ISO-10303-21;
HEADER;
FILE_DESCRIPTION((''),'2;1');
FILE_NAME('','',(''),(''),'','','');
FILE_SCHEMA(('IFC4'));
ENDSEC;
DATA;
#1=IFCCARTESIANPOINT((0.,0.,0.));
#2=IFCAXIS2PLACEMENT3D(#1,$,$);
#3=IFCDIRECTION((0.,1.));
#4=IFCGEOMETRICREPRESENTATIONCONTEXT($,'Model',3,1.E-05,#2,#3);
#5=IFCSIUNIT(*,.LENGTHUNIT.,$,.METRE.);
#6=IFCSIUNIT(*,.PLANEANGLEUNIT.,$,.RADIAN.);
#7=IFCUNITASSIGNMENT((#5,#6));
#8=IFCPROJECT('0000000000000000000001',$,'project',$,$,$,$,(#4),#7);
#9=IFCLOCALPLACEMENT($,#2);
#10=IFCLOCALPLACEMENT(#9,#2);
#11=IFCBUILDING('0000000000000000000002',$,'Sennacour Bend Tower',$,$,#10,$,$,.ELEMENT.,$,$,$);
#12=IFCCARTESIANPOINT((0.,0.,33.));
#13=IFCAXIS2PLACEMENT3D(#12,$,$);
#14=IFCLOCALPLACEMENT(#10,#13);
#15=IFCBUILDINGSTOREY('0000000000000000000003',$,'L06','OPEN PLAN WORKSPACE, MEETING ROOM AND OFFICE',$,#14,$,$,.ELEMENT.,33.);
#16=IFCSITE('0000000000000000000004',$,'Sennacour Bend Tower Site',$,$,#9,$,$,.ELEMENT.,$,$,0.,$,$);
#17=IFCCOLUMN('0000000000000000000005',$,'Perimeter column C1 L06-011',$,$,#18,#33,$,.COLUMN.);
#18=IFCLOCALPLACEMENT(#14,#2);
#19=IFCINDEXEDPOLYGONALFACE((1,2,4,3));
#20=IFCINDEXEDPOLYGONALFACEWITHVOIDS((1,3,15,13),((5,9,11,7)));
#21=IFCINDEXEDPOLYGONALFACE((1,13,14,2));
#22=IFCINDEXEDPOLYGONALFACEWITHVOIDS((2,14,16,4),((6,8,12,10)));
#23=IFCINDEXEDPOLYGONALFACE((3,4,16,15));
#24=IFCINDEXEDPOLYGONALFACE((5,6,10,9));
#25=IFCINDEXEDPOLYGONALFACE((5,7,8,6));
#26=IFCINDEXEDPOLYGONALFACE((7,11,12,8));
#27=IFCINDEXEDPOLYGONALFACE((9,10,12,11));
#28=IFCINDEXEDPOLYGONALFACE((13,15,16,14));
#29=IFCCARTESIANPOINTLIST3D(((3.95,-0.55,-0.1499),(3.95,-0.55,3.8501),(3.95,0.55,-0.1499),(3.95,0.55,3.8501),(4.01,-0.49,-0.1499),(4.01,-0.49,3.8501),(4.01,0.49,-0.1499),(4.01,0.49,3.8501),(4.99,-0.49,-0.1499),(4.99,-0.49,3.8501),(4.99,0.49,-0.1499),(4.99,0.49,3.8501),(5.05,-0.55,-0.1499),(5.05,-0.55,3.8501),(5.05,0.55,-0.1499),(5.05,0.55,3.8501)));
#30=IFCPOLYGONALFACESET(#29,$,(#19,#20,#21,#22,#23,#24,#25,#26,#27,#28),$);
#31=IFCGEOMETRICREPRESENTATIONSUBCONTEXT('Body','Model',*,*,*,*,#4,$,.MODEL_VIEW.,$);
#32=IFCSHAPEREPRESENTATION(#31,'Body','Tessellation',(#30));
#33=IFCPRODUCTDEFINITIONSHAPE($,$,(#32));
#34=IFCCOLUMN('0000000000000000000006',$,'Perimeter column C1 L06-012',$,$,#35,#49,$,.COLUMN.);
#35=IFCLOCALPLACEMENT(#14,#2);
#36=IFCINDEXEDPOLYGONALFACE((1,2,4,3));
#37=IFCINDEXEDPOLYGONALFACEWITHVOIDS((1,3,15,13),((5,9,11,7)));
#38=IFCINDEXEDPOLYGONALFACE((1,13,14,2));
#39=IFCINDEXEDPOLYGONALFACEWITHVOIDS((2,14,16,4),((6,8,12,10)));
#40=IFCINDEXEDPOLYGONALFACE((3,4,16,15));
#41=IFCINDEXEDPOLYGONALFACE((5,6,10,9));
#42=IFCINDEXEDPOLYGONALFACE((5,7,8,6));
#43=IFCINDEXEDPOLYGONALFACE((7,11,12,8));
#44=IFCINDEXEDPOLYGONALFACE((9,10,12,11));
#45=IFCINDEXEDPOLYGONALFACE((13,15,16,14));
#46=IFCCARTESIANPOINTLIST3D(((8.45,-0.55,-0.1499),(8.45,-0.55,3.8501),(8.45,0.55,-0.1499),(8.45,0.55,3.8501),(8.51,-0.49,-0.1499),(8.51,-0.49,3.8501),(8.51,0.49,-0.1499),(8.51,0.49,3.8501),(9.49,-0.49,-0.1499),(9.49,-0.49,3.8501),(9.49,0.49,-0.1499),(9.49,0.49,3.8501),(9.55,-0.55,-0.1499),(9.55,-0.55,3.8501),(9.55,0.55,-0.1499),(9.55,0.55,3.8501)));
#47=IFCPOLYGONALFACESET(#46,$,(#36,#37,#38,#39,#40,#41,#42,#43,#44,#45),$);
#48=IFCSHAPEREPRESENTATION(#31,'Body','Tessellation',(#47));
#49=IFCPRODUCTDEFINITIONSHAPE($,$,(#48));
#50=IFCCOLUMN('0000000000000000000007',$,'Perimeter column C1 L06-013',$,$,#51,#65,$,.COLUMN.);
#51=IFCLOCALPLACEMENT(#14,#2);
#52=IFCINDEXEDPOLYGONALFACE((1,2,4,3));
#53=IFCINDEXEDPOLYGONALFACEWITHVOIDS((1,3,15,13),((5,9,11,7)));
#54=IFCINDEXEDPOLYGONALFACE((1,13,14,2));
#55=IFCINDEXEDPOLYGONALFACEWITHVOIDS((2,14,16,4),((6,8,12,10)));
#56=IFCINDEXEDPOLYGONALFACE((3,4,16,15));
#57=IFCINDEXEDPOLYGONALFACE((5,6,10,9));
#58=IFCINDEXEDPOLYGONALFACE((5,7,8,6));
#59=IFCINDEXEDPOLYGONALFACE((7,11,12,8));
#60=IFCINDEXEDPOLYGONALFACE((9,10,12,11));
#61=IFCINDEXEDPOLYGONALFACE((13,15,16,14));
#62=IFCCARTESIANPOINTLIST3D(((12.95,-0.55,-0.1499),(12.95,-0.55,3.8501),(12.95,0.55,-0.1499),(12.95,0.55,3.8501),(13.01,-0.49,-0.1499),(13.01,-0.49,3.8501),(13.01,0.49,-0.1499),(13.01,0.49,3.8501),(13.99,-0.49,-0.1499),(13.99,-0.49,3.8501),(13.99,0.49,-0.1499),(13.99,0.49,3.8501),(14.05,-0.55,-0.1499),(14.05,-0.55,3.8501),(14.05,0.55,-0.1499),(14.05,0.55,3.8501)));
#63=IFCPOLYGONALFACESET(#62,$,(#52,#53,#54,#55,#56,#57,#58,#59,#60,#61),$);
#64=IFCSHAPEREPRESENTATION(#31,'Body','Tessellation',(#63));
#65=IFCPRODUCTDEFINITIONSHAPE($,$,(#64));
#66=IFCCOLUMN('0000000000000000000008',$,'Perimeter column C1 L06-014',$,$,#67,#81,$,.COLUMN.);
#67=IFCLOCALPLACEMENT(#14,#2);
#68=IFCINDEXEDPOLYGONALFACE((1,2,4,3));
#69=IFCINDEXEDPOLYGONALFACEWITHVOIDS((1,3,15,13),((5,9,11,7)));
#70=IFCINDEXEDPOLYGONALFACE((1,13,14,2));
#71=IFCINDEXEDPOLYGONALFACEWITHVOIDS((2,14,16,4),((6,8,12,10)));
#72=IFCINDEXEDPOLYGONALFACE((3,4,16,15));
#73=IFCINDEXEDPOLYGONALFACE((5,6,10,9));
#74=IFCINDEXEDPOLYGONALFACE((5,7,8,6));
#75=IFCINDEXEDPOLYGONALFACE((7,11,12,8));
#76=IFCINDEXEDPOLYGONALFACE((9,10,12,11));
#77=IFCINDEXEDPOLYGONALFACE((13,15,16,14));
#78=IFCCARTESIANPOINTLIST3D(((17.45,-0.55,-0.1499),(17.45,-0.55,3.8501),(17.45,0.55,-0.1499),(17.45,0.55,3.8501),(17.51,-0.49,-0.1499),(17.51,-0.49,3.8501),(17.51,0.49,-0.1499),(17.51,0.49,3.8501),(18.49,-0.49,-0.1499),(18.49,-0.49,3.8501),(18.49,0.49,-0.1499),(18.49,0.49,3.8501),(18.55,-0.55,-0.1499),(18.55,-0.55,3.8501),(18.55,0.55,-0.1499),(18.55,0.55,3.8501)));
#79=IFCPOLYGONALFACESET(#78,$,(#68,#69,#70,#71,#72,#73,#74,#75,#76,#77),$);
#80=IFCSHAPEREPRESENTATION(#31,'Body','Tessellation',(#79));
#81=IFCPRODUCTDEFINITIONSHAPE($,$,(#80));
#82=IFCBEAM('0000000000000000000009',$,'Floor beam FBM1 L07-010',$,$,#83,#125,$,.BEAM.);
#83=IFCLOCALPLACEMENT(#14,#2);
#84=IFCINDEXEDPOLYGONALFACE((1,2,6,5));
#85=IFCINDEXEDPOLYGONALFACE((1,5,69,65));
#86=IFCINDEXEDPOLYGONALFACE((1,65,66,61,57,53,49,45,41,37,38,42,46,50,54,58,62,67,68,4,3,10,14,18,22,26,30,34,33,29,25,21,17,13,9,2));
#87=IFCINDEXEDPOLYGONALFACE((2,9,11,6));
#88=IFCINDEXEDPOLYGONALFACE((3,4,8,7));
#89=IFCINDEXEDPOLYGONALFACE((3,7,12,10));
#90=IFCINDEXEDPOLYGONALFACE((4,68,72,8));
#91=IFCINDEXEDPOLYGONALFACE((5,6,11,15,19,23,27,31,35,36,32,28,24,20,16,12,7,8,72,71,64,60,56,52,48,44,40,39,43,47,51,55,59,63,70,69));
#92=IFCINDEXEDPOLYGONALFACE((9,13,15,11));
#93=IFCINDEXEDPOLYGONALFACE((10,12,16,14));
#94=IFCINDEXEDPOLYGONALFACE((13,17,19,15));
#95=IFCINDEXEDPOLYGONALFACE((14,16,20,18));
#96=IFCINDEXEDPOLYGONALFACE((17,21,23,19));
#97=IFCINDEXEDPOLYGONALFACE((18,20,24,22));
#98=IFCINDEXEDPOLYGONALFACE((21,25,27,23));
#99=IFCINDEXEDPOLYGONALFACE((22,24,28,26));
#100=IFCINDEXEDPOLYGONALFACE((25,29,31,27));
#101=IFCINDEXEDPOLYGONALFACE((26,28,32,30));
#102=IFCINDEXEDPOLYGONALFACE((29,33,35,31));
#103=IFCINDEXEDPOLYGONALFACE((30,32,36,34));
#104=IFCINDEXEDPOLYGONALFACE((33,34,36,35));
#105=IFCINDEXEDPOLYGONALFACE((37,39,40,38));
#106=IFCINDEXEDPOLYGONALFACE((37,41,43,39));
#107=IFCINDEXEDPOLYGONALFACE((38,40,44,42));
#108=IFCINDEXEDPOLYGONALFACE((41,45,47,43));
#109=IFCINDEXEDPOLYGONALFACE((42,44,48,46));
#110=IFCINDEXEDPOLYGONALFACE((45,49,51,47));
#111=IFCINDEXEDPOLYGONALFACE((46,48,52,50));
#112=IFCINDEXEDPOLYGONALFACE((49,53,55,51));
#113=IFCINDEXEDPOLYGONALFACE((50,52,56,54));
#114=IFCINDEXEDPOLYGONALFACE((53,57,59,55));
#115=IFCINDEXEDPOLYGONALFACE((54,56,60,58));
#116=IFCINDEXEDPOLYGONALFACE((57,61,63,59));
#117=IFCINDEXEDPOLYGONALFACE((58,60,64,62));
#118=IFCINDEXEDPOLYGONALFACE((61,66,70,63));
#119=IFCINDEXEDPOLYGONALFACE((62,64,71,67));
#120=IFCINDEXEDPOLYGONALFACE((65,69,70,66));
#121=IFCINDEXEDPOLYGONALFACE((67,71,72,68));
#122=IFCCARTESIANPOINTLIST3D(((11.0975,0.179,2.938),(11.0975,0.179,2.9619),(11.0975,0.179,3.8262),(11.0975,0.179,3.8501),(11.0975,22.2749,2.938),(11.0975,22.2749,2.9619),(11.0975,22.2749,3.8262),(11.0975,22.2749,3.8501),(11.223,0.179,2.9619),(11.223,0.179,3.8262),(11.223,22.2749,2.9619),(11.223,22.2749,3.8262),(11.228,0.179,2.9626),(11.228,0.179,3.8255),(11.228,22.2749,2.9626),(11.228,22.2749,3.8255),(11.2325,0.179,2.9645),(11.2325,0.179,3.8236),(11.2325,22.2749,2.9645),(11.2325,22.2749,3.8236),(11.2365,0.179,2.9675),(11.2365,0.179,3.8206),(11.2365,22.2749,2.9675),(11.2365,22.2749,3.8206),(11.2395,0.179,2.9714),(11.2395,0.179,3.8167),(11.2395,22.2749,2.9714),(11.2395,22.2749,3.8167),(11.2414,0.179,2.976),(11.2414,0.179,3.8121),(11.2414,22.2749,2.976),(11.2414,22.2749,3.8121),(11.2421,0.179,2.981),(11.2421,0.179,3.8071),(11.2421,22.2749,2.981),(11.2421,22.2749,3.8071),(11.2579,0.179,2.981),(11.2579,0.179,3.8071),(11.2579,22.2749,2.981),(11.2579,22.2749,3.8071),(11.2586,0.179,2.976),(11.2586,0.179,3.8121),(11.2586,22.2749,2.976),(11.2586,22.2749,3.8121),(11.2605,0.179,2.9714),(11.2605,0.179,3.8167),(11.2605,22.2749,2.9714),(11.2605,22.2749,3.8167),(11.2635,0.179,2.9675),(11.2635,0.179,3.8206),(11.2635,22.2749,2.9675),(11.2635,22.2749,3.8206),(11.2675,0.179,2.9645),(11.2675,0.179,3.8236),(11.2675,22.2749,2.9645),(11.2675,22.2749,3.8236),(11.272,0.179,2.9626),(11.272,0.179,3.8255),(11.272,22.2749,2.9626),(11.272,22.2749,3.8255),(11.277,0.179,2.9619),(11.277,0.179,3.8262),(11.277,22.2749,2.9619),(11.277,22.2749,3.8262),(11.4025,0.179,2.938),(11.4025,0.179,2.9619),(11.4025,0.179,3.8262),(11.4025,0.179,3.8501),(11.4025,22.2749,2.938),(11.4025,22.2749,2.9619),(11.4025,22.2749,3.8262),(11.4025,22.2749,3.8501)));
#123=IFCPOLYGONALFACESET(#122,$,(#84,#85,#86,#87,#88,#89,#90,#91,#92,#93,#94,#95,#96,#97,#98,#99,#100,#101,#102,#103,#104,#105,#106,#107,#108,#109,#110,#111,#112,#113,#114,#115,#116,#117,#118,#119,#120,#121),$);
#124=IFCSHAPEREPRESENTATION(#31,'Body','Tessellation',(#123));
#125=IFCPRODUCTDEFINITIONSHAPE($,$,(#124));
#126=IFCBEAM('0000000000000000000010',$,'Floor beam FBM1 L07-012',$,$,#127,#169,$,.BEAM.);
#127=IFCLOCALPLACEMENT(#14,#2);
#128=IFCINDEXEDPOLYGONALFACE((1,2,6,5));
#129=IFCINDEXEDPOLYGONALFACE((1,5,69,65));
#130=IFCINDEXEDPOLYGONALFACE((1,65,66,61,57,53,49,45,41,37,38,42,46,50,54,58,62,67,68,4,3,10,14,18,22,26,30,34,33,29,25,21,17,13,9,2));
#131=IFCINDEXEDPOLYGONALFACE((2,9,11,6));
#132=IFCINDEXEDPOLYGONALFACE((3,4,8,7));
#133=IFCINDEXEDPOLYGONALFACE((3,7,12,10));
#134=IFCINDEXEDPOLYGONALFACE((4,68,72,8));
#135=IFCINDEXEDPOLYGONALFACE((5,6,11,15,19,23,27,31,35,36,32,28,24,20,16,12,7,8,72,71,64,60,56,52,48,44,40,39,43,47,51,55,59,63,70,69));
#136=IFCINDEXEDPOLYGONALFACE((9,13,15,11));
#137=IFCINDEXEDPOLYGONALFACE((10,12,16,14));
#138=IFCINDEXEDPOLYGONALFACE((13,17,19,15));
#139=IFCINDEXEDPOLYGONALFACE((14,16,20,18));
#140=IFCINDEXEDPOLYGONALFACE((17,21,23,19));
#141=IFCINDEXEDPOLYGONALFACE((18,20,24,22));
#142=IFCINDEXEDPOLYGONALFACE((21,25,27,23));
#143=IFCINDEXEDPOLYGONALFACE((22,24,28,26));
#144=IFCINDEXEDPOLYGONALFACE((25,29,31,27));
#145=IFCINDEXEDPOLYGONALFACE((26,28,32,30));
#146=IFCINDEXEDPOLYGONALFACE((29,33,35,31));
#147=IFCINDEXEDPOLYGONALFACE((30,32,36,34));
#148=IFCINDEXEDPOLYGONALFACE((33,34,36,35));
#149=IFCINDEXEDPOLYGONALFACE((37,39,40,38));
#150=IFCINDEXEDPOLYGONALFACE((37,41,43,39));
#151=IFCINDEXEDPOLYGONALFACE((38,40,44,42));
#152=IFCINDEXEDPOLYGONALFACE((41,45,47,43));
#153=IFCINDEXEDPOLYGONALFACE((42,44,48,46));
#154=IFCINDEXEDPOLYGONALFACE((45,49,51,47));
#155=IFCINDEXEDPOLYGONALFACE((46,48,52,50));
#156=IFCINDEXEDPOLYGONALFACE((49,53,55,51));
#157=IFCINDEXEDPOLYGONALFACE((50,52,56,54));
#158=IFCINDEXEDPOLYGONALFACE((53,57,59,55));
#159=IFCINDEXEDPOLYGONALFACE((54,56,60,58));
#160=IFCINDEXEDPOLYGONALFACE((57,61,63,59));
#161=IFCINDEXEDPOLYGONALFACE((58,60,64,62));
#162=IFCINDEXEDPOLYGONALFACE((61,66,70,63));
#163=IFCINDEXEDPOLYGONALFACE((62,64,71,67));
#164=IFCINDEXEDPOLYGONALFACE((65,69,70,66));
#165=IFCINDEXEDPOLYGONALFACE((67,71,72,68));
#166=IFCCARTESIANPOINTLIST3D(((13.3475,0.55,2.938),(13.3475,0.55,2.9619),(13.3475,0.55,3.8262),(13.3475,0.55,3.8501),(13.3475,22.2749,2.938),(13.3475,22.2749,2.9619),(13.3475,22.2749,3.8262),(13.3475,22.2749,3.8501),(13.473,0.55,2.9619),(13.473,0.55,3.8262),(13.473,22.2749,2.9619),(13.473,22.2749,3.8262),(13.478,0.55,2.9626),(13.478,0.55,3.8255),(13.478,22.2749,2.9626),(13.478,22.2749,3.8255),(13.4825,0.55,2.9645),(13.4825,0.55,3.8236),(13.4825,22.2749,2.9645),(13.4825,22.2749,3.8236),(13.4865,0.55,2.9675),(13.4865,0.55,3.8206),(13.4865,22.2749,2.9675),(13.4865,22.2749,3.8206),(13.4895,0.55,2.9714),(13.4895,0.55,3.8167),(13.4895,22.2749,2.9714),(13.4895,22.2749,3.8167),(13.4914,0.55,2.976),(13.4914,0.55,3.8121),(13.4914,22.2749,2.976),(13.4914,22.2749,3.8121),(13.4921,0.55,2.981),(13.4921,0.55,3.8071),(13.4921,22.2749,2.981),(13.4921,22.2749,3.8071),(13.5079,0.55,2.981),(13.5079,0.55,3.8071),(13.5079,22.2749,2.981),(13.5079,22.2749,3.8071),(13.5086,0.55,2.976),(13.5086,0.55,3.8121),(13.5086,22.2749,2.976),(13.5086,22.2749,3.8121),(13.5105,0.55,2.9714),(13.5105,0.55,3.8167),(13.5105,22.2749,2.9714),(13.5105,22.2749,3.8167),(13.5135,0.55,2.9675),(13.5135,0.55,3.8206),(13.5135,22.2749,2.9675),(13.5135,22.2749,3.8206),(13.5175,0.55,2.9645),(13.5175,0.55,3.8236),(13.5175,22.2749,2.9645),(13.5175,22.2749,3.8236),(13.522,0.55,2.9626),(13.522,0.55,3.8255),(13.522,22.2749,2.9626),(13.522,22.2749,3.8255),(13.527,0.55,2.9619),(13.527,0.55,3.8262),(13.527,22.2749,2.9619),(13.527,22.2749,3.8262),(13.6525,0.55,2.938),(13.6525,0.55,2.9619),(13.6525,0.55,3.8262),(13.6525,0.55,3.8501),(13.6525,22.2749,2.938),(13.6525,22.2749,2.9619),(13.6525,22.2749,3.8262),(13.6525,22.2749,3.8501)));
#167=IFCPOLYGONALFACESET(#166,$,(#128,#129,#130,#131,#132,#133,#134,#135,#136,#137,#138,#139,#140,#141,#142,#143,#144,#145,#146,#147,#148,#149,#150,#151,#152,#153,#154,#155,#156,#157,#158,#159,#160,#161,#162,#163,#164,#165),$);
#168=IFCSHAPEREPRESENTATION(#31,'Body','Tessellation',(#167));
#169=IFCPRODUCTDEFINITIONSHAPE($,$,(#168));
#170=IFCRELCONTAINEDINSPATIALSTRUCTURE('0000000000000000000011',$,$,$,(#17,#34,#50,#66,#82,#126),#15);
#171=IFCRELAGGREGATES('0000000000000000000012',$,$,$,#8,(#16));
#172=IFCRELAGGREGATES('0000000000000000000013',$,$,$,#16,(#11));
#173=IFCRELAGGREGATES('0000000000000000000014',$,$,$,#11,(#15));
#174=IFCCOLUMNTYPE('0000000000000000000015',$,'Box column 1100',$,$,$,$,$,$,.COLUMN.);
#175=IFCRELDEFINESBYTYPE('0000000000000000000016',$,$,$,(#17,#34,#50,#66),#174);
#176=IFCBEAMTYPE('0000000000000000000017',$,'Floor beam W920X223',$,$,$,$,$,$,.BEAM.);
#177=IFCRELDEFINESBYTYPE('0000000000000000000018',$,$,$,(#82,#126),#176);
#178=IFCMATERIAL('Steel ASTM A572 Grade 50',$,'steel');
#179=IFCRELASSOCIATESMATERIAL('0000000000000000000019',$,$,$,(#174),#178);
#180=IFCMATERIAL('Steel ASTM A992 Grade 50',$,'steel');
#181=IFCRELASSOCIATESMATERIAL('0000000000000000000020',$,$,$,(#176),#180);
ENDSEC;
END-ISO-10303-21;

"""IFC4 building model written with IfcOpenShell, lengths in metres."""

from ifc_helpers import new_model, si_unit, direction, frame, origin, origin_2d, place, context, subcontext, project, spatial, hollow_rectangle, i_section, extrude, material, material_profile, profile_set, type_object, element, save


model = new_model("IFC4")

# Units and contexts
model_context = context("Model", 3, precision=1e-05, world=origin(), true_north=direction((0.0, 1.0)))
body_context = subcontext(model_context, "Body", "Model", "MODEL_VIEW")
ifc_project = project(units=[si_unit("LENGTHUNIT", "METRE"), si_unit("PLANEANGLEUNIT", "RADIAN")], contexts=[model_context])

# Site, building, storey
site_placement = place(None, origin())
site = spatial("IfcSite", under=ifc_project, at=site_placement, Name="Sennacour Bend Tower Site", CompositionType="ELEMENT", RefElevation=0.0)
building_placement = place(site_placement, origin())
building = spatial("IfcBuilding", under=site, at=building_placement, Name="Sennacour Bend Tower", CompositionType="ELEMENT")
storey_placement = place(building_placement, frame((0.0, 0.0, 33.0)))
storey = spatial("IfcBuildingStorey", under=building, at=storey_placement, Name="L06", Description="OPEN PLAN WORKSPACE, MEETING ROOM AND OFFICE", CompositionType="ELEMENT", Elevation=33.0)

# Columns
ifc_material_1 = material(Name="Steel ASTM A572 Grade 50", Category="steel")
ifc_material_profile_1 = material_profile(ifc_material_1, hollow_rectangle(XDim=1.1001, YDim=1.1001, WallThickness=0.0601, at=origin_2d()), Name="Steel ASTM A572 Grade 50", Category="steel")
ifc_profile_set_1 = profile_set([ifc_material_profile_1], Name="Steel ASTM A572 Grade 50")
column_type = type_object("IfcColumnType", Name="Box column 1100", PredefinedType="COLUMN", material=ifc_profile_set_1)
for number, where, z_axis, x_axis, name in (
    (1, (4.5, 0.0, -0.1499), (0.0, 0.0, 1.0), (1.0, 0.0, 0.0), "Perimeter column C1 L06-011"),
    (2, (9.0, 0.0, -0.1499), (0.0, 0.0, 1.0), (1.0, 0.0, 0.0), "Perimeter column C1 L06-012"),
    (3, (13.5, 0.0, -0.1499), (0.0, 0.0, 1.0), (1.0, 0.0, 0.0), "Perimeter column C1 L06-013"),
    (4, (18.0, 0.0, -0.1499), (0.0, 0.0, 1.0), (1.0, 0.0, 0.0), "Perimeter column C1 L06-014"),
):
    element("IfcColumn", number, at=place(storey_placement, frame(where, z_axis=z_axis, x_axis=x_axis)), inside=storey, type_object=column_type, Name=name, PredefinedType="COLUMN", context=body_context, shape_type="SweptSolid", body=[
        extrude(hollow_rectangle(XDim=1.1001, YDim=1.1001, WallThickness=0.0601, at=origin_2d()), origin(), (0.0, 0.0, 1.0), 4.0),
    ])

# Beams
ifc_material_2 = material(Name="Steel ASTM A992 Grade 50", Category="steel")
ifc_material_profile_2 = material_profile(ifc_material_2, i_section(OverallWidth=0.3049, OverallDepth=0.9121, WebThickness=0.0159, FlangeThickness=0.0239, FilletRadius=0.019, at=origin_2d()), Name="Steel ASTM A992 Grade 50", Category="steel")
ifc_profile_set_2 = profile_set([ifc_material_profile_2], Name="Steel ASTM A992 Grade 50")
beam_type_1 = type_object("IfcBeamType", Name="Floor beam W920X223", PredefinedType="BEAM", material=ifc_profile_set_2)
beam_1_placement = place(storey_placement, frame((11.25, 0.179, 3.394), z_axis=(0.0, 1.0, 0.0), x_axis=(-1.0, 0.0, 0.0)))
element("IfcBeam", 5, at=beam_1_placement, inside=storey, type_object=beam_type_1, Name="Floor beam FBM1 L07-010", PredefinedType="BEAM", context=body_context, shape_type="SweptSolid", body=[
    extrude(i_section(OverallWidth=0.3049, OverallDepth=0.9121, WebThickness=0.0159, FlangeThickness=0.0239, FilletRadius=0.019, at=origin_2d()), origin(), (0.0, 0.0, 1.0), 22.0959),
])
beam_2_placement = place(storey_placement, frame((13.5, 0.55, 3.394), z_axis=(0.0, 1.0, 0.0), x_axis=(-1.0, 0.0, 0.0)))
element("IfcBeam", 6, at=beam_2_placement, inside=storey, type_object=beam_type_1, Name="Floor beam FBM1 L07-012", PredefinedType="BEAM", context=body_context, shape_type="SweptSolid", body=[
    extrude(i_section(OverallWidth=0.3049, OverallDepth=0.9121, WebThickness=0.0159, FlangeThickness=0.0239, FilletRadius=0.019, at=origin_2d()), origin(), (0.0, 0.0, 1.0), 21.7249),
])

save(model, "model.ifc")
